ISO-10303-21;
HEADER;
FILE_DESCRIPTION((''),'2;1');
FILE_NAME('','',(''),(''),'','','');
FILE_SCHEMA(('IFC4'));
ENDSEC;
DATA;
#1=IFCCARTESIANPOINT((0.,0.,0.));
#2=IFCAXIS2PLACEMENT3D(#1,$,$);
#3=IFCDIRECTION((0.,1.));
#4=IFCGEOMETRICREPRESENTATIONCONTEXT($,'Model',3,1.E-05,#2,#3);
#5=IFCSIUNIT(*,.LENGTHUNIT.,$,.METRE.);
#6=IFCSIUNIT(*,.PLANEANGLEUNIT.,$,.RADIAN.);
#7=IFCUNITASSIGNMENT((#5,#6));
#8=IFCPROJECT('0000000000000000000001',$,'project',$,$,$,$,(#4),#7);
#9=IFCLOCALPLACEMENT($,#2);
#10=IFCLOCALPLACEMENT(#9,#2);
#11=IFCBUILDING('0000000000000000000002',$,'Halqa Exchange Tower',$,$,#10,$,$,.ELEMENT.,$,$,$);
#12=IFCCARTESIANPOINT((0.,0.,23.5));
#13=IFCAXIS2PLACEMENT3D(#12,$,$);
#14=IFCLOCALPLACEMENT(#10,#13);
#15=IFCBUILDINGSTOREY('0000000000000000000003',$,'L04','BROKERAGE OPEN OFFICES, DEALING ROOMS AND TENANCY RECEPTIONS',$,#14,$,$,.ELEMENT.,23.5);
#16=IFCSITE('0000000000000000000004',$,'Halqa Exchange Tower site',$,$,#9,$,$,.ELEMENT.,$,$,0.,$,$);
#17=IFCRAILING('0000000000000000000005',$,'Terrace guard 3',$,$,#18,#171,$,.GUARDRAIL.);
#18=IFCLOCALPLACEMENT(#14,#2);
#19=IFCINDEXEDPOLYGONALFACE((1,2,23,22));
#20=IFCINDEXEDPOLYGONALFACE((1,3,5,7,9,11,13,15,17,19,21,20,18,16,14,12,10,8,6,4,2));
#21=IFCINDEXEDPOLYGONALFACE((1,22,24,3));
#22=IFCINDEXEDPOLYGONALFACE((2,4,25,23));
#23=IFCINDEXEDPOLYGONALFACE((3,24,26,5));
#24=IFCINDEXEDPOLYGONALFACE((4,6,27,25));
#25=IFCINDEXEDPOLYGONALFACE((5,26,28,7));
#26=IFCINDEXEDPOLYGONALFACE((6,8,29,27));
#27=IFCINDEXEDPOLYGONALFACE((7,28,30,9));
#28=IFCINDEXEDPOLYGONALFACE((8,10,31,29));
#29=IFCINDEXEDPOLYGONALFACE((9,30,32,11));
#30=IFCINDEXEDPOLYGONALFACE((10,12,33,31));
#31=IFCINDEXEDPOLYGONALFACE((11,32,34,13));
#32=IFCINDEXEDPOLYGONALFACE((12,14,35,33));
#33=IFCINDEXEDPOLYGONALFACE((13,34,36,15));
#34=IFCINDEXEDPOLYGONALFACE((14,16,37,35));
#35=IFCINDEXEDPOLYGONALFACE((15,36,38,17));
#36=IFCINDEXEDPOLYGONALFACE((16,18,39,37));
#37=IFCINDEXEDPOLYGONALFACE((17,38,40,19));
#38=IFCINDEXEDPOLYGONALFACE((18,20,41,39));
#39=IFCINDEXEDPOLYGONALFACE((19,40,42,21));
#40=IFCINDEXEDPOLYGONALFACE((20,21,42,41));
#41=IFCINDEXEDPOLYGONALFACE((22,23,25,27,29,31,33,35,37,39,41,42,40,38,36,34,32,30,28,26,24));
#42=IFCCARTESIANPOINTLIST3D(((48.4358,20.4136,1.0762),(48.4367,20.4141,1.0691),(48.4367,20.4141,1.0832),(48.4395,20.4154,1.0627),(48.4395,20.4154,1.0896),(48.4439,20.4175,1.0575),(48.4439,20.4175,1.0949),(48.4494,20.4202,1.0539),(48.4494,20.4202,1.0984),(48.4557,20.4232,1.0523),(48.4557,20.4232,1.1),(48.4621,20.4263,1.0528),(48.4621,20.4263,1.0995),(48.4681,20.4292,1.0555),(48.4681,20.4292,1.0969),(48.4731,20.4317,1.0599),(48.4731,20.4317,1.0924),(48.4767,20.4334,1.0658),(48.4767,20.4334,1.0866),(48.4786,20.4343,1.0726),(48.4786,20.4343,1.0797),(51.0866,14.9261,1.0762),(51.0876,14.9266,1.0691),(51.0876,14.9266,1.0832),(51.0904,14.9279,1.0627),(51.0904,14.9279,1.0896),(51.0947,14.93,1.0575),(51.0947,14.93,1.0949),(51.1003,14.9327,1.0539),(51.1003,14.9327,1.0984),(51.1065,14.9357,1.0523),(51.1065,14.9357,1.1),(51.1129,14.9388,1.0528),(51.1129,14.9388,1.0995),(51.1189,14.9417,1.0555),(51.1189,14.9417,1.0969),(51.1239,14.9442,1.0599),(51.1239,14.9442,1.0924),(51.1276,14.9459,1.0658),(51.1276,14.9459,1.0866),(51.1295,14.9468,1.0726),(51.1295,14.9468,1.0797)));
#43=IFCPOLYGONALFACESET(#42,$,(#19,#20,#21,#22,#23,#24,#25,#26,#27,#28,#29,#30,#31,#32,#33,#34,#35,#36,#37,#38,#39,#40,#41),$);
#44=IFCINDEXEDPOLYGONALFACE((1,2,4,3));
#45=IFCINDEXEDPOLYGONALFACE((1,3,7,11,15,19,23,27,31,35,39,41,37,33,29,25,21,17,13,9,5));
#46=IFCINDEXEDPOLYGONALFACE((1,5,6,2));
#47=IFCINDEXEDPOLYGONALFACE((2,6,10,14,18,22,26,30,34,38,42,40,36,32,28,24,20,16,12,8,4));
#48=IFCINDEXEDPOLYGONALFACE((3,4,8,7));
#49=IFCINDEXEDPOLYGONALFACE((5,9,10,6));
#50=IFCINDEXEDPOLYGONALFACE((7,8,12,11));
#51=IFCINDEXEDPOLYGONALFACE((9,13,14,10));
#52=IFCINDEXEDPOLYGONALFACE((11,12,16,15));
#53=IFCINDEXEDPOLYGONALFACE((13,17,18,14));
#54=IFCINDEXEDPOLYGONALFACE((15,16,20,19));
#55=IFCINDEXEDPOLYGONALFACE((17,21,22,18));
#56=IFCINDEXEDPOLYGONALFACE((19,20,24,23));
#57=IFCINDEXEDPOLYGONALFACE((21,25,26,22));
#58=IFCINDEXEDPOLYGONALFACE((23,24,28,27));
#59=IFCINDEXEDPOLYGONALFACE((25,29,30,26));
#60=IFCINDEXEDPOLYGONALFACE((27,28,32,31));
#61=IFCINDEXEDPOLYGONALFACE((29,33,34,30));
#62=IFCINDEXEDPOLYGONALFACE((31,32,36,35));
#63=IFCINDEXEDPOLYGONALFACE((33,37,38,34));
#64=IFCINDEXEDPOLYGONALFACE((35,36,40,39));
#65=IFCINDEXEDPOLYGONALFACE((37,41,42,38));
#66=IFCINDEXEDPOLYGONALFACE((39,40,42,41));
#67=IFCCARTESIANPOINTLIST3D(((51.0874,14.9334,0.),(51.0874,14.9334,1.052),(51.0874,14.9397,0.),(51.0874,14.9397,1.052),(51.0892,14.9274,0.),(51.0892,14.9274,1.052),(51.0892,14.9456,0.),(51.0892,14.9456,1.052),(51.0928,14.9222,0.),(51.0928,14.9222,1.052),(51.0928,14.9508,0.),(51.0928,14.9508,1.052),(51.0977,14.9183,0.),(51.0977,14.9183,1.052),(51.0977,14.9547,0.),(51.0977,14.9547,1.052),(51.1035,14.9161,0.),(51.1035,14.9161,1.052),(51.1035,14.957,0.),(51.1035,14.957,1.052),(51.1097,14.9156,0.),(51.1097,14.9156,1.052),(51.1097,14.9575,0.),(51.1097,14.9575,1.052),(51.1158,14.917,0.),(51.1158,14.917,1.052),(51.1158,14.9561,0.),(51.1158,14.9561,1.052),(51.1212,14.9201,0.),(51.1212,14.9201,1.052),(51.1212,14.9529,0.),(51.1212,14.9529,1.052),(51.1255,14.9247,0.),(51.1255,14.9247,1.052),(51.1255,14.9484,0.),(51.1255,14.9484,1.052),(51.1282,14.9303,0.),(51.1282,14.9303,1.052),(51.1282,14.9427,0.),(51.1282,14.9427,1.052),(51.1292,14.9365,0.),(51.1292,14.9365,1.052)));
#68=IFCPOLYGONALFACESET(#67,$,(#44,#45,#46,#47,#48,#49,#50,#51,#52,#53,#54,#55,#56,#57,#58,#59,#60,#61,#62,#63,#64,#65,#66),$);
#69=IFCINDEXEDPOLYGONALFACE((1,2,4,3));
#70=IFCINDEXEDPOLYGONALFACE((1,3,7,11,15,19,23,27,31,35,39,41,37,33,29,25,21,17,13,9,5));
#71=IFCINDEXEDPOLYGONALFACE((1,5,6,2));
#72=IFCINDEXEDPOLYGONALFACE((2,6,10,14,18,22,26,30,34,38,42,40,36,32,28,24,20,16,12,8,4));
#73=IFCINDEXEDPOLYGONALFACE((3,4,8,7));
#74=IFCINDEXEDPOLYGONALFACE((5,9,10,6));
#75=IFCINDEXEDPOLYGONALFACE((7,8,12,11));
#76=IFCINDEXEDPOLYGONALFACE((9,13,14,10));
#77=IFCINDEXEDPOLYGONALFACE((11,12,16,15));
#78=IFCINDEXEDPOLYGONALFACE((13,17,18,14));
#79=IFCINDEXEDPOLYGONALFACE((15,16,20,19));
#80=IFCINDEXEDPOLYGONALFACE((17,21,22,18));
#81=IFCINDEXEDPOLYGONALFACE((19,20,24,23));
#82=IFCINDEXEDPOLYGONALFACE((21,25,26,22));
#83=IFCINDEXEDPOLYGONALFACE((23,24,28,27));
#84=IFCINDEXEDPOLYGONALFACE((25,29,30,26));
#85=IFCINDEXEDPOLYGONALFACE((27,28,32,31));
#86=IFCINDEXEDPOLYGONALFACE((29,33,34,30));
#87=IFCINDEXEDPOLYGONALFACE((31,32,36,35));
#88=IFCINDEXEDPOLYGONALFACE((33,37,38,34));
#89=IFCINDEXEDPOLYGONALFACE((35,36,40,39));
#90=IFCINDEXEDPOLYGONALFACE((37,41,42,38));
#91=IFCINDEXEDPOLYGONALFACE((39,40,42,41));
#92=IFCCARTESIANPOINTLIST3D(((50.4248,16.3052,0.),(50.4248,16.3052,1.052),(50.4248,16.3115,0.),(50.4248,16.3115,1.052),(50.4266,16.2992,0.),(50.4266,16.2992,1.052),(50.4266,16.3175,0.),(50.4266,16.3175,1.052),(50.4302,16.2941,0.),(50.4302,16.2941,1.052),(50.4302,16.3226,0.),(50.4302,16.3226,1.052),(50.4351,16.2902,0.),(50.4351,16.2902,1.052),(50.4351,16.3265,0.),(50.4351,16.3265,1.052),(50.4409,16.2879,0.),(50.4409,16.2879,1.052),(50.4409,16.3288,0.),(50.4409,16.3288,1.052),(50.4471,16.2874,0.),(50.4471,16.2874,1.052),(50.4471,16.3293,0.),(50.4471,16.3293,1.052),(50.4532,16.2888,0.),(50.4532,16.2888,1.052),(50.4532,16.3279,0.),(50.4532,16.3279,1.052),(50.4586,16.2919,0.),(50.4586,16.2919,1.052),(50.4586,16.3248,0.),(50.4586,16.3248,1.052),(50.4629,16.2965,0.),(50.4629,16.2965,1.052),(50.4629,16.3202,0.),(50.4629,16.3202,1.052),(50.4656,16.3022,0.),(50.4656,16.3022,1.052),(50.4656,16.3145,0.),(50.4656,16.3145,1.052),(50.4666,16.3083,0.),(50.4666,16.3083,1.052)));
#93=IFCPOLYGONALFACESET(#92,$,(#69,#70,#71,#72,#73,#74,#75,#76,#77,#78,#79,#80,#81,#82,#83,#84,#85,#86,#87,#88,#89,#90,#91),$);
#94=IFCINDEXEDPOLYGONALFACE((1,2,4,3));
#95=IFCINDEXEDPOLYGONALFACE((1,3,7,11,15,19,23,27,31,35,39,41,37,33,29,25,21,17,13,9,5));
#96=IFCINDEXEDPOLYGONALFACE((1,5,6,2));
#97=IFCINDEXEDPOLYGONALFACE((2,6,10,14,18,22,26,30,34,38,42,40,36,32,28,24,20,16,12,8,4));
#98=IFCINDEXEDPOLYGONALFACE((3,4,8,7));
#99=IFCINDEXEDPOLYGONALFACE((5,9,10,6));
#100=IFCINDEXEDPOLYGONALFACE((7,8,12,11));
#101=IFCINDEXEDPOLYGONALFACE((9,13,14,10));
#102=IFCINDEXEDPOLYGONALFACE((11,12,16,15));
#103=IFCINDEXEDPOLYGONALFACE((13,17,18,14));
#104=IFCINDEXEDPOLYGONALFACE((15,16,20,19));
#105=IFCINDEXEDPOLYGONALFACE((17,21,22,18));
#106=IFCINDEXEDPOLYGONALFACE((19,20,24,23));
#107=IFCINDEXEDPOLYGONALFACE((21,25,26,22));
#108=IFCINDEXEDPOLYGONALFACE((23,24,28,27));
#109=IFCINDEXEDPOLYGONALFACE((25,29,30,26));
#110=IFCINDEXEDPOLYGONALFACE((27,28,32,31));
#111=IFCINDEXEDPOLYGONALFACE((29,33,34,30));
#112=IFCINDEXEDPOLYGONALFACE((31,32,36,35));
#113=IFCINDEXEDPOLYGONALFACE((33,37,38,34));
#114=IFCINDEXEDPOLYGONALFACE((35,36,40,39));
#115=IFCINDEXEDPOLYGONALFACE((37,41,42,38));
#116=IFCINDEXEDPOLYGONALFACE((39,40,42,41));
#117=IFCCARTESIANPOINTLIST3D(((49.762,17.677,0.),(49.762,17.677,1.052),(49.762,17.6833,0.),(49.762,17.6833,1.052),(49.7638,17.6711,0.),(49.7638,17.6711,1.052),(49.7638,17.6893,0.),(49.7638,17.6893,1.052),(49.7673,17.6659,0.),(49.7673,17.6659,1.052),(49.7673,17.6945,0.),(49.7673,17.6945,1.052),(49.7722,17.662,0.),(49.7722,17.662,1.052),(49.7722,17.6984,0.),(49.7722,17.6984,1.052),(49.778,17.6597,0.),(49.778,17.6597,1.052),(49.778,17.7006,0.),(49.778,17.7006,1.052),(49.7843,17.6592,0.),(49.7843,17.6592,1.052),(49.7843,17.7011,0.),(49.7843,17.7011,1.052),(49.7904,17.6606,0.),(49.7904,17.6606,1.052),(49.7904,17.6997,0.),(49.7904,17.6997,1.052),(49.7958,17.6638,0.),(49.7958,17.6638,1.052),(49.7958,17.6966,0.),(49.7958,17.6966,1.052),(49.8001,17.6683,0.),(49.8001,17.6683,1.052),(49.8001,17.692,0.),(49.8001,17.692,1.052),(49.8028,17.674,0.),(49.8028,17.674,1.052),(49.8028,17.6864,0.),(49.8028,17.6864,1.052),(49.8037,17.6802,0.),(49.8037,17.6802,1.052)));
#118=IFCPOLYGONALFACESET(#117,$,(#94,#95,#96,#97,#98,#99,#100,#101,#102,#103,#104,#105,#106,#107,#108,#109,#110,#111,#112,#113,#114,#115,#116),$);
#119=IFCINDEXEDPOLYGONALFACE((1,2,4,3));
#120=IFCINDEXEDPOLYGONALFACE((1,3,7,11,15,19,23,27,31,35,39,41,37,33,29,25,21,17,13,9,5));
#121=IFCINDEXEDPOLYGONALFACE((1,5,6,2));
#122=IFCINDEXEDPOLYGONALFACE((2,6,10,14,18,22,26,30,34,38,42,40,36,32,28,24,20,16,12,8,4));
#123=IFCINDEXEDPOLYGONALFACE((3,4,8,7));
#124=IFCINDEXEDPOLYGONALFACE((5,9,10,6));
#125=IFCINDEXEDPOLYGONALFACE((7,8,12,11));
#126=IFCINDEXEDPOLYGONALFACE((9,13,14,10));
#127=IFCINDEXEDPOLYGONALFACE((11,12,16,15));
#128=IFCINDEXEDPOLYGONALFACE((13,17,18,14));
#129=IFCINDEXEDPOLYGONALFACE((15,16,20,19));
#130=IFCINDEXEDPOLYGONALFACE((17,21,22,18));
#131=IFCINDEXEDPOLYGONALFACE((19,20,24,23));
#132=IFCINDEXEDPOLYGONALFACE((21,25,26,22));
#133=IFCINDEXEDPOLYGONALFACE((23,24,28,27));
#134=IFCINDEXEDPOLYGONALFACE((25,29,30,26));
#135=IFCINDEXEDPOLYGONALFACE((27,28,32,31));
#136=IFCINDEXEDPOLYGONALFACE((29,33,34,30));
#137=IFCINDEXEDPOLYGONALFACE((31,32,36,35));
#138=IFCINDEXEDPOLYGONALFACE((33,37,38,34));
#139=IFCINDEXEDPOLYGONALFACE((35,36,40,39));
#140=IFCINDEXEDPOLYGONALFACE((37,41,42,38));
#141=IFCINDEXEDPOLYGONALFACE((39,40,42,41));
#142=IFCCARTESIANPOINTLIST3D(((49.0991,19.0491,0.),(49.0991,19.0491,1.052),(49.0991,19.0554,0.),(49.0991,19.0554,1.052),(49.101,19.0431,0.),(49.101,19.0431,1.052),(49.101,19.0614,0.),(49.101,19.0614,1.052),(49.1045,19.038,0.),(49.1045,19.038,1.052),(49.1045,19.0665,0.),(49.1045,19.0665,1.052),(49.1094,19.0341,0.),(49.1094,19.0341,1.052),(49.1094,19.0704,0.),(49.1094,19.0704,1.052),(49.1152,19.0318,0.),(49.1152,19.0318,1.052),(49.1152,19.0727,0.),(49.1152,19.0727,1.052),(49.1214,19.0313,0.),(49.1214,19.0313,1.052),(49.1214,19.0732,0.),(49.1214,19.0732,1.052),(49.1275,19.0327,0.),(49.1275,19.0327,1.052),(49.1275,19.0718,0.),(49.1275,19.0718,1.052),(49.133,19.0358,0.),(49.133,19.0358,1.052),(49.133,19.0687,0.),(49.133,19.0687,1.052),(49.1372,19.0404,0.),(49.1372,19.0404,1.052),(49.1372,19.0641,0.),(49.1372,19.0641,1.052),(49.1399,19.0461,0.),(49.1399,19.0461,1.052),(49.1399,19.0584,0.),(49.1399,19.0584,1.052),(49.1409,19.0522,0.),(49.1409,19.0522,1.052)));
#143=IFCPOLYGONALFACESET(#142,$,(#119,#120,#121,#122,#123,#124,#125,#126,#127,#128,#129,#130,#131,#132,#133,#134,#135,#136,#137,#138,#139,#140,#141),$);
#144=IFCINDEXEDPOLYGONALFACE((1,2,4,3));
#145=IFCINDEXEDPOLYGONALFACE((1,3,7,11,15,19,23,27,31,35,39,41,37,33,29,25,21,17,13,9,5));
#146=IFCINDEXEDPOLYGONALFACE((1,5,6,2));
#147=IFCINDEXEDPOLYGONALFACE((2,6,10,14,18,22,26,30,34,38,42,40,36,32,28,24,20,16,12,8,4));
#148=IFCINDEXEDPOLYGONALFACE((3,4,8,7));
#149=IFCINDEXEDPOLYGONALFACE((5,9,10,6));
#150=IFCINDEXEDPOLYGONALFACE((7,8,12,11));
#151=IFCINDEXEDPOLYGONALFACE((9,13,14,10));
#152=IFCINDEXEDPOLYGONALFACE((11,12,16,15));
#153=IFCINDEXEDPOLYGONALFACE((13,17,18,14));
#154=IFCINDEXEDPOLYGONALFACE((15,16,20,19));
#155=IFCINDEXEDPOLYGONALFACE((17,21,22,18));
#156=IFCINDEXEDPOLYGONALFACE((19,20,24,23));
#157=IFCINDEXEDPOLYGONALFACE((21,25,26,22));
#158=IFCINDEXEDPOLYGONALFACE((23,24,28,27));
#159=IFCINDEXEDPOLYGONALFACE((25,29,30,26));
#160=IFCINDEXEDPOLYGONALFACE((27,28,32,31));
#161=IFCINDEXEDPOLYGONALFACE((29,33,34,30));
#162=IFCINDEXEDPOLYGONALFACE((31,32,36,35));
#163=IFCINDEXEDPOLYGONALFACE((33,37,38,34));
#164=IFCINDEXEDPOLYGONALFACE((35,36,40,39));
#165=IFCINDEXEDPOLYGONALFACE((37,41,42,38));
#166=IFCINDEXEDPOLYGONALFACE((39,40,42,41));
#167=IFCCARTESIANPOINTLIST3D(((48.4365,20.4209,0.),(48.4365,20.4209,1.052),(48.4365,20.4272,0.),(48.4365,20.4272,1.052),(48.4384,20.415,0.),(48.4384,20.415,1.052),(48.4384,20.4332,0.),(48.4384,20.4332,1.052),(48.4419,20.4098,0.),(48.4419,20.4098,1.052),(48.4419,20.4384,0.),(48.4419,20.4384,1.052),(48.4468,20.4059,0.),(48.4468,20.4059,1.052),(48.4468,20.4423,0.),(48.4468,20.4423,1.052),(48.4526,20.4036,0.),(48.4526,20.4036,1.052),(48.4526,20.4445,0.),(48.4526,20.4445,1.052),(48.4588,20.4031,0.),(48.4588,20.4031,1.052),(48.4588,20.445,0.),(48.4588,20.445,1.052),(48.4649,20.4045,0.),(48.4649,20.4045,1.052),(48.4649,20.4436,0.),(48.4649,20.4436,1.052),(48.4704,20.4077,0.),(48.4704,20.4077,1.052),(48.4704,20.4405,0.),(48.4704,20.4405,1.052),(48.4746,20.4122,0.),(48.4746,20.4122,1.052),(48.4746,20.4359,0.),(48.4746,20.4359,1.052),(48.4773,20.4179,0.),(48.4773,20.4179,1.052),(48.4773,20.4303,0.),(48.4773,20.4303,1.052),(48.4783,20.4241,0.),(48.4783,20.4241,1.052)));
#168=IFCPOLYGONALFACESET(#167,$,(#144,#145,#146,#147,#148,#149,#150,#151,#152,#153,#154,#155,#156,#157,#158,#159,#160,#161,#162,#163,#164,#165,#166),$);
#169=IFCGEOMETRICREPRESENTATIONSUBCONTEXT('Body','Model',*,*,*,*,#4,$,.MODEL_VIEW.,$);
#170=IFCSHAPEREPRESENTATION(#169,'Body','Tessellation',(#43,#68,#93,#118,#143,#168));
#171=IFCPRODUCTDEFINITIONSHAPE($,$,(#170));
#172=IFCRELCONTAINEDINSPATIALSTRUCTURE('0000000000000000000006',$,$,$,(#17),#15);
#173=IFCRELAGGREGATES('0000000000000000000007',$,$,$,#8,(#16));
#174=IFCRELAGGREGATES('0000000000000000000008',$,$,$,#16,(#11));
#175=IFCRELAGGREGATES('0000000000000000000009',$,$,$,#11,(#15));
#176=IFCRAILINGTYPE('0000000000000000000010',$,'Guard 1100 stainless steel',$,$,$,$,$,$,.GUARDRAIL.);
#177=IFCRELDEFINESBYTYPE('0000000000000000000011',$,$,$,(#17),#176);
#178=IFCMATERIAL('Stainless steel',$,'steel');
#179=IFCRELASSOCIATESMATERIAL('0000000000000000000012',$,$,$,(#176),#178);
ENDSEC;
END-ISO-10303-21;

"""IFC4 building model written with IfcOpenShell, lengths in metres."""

from ifc_helpers import new_model, si_unit, direction, frame, origin, origin_2d, place, context, subcontext, project, spatial, circle, extrude, material, type_object, element, save


model = new_model("IFC4")

# Units and contexts
model_context = context("Model", 3, precision=1e-05, world=origin(), true_north=direction((0.0, 1.0)))
body_context = subcontext(model_context, "Body", "Model", "MODEL_VIEW")
ifc_project = project(units=[si_unit("LENGTHUNIT", "METRE"), si_unit("PLANEANGLEUNIT", "RADIAN")], contexts=[model_context])

# Site, building, storey
site_placement = place(None, origin())
site = spatial("IfcSite", under=ifc_project, at=site_placement, Name="Halqa Exchange Tower site", CompositionType="ELEMENT", RefElevation=0.0)
building_placement = place(site_placement, origin())
building = spatial("IfcBuilding", under=site, at=building_placement, Name="Halqa Exchange Tower", CompositionType="ELEMENT")
storey_placement = place(building_placement, frame((0.0, 0.0, 23.5)))
storey = spatial("IfcBuildingStorey", under=building, at=storey_placement, Name="L04", Description="BROKERAGE OPEN OFFICES, DEALING ROOMS AND TENANCY RECEPTIONS", CompositionType="ELEMENT", Elevation=23.5)

# Railing
ifc_material_1 = material(Name="Stainless steel", Category="steel")
railing_type = type_object("IfcRailingType", Name="Guard 1100 stainless steel", PredefinedType="GUARDRAIL", material=ifc_material_1)
railing_1_placement = place(storey_placement, frame((51.1082, 14.9365, 0.0)))
element("IfcRailing", 1, at=railing_1_placement, inside=storey, type_object=railing_type, Name="Terrace guard 3", PredefinedType="GUARDRAIL", context=body_context, shape_type="SweptSolid", body=[
    extrude(circle(Radius=0.0239, at=origin_2d()), frame((0.0, 0.0, 1.0762), z_axis=(-0.434978, 0.900441, 0.0), x_axis=(-0.900441, -0.434978, 0.0)), (0.0, 0.0, 1.0), 6.0942),
    extrude(circle(Radius=0.021, at=origin_2d()), origin(), (0.0, 0.0, 1.0), 1.052),
    extrude(circle(Radius=0.021, at=origin_2d()), frame((-0.6626, 1.3718, 0.0)), (0.0, 0.0, 1.0), 1.052),
    extrude(circle(Radius=0.021, at=origin_2d()), frame((-1.3254, 2.7437, 0.0)), (0.0, 0.0, 1.0), 1.052),
    extrude(circle(Radius=0.021, at=origin_2d()), frame((-1.9883, 4.1157, 0.0)), (0.0, 0.0, 1.0), 1.052),
    extrude(circle(Radius=0.021, at=origin_2d()), frame((-2.6509, 5.4875, 0.0)), (0.0, 0.0, 1.0), 1.052),
])

save(model, "model.ifc")
